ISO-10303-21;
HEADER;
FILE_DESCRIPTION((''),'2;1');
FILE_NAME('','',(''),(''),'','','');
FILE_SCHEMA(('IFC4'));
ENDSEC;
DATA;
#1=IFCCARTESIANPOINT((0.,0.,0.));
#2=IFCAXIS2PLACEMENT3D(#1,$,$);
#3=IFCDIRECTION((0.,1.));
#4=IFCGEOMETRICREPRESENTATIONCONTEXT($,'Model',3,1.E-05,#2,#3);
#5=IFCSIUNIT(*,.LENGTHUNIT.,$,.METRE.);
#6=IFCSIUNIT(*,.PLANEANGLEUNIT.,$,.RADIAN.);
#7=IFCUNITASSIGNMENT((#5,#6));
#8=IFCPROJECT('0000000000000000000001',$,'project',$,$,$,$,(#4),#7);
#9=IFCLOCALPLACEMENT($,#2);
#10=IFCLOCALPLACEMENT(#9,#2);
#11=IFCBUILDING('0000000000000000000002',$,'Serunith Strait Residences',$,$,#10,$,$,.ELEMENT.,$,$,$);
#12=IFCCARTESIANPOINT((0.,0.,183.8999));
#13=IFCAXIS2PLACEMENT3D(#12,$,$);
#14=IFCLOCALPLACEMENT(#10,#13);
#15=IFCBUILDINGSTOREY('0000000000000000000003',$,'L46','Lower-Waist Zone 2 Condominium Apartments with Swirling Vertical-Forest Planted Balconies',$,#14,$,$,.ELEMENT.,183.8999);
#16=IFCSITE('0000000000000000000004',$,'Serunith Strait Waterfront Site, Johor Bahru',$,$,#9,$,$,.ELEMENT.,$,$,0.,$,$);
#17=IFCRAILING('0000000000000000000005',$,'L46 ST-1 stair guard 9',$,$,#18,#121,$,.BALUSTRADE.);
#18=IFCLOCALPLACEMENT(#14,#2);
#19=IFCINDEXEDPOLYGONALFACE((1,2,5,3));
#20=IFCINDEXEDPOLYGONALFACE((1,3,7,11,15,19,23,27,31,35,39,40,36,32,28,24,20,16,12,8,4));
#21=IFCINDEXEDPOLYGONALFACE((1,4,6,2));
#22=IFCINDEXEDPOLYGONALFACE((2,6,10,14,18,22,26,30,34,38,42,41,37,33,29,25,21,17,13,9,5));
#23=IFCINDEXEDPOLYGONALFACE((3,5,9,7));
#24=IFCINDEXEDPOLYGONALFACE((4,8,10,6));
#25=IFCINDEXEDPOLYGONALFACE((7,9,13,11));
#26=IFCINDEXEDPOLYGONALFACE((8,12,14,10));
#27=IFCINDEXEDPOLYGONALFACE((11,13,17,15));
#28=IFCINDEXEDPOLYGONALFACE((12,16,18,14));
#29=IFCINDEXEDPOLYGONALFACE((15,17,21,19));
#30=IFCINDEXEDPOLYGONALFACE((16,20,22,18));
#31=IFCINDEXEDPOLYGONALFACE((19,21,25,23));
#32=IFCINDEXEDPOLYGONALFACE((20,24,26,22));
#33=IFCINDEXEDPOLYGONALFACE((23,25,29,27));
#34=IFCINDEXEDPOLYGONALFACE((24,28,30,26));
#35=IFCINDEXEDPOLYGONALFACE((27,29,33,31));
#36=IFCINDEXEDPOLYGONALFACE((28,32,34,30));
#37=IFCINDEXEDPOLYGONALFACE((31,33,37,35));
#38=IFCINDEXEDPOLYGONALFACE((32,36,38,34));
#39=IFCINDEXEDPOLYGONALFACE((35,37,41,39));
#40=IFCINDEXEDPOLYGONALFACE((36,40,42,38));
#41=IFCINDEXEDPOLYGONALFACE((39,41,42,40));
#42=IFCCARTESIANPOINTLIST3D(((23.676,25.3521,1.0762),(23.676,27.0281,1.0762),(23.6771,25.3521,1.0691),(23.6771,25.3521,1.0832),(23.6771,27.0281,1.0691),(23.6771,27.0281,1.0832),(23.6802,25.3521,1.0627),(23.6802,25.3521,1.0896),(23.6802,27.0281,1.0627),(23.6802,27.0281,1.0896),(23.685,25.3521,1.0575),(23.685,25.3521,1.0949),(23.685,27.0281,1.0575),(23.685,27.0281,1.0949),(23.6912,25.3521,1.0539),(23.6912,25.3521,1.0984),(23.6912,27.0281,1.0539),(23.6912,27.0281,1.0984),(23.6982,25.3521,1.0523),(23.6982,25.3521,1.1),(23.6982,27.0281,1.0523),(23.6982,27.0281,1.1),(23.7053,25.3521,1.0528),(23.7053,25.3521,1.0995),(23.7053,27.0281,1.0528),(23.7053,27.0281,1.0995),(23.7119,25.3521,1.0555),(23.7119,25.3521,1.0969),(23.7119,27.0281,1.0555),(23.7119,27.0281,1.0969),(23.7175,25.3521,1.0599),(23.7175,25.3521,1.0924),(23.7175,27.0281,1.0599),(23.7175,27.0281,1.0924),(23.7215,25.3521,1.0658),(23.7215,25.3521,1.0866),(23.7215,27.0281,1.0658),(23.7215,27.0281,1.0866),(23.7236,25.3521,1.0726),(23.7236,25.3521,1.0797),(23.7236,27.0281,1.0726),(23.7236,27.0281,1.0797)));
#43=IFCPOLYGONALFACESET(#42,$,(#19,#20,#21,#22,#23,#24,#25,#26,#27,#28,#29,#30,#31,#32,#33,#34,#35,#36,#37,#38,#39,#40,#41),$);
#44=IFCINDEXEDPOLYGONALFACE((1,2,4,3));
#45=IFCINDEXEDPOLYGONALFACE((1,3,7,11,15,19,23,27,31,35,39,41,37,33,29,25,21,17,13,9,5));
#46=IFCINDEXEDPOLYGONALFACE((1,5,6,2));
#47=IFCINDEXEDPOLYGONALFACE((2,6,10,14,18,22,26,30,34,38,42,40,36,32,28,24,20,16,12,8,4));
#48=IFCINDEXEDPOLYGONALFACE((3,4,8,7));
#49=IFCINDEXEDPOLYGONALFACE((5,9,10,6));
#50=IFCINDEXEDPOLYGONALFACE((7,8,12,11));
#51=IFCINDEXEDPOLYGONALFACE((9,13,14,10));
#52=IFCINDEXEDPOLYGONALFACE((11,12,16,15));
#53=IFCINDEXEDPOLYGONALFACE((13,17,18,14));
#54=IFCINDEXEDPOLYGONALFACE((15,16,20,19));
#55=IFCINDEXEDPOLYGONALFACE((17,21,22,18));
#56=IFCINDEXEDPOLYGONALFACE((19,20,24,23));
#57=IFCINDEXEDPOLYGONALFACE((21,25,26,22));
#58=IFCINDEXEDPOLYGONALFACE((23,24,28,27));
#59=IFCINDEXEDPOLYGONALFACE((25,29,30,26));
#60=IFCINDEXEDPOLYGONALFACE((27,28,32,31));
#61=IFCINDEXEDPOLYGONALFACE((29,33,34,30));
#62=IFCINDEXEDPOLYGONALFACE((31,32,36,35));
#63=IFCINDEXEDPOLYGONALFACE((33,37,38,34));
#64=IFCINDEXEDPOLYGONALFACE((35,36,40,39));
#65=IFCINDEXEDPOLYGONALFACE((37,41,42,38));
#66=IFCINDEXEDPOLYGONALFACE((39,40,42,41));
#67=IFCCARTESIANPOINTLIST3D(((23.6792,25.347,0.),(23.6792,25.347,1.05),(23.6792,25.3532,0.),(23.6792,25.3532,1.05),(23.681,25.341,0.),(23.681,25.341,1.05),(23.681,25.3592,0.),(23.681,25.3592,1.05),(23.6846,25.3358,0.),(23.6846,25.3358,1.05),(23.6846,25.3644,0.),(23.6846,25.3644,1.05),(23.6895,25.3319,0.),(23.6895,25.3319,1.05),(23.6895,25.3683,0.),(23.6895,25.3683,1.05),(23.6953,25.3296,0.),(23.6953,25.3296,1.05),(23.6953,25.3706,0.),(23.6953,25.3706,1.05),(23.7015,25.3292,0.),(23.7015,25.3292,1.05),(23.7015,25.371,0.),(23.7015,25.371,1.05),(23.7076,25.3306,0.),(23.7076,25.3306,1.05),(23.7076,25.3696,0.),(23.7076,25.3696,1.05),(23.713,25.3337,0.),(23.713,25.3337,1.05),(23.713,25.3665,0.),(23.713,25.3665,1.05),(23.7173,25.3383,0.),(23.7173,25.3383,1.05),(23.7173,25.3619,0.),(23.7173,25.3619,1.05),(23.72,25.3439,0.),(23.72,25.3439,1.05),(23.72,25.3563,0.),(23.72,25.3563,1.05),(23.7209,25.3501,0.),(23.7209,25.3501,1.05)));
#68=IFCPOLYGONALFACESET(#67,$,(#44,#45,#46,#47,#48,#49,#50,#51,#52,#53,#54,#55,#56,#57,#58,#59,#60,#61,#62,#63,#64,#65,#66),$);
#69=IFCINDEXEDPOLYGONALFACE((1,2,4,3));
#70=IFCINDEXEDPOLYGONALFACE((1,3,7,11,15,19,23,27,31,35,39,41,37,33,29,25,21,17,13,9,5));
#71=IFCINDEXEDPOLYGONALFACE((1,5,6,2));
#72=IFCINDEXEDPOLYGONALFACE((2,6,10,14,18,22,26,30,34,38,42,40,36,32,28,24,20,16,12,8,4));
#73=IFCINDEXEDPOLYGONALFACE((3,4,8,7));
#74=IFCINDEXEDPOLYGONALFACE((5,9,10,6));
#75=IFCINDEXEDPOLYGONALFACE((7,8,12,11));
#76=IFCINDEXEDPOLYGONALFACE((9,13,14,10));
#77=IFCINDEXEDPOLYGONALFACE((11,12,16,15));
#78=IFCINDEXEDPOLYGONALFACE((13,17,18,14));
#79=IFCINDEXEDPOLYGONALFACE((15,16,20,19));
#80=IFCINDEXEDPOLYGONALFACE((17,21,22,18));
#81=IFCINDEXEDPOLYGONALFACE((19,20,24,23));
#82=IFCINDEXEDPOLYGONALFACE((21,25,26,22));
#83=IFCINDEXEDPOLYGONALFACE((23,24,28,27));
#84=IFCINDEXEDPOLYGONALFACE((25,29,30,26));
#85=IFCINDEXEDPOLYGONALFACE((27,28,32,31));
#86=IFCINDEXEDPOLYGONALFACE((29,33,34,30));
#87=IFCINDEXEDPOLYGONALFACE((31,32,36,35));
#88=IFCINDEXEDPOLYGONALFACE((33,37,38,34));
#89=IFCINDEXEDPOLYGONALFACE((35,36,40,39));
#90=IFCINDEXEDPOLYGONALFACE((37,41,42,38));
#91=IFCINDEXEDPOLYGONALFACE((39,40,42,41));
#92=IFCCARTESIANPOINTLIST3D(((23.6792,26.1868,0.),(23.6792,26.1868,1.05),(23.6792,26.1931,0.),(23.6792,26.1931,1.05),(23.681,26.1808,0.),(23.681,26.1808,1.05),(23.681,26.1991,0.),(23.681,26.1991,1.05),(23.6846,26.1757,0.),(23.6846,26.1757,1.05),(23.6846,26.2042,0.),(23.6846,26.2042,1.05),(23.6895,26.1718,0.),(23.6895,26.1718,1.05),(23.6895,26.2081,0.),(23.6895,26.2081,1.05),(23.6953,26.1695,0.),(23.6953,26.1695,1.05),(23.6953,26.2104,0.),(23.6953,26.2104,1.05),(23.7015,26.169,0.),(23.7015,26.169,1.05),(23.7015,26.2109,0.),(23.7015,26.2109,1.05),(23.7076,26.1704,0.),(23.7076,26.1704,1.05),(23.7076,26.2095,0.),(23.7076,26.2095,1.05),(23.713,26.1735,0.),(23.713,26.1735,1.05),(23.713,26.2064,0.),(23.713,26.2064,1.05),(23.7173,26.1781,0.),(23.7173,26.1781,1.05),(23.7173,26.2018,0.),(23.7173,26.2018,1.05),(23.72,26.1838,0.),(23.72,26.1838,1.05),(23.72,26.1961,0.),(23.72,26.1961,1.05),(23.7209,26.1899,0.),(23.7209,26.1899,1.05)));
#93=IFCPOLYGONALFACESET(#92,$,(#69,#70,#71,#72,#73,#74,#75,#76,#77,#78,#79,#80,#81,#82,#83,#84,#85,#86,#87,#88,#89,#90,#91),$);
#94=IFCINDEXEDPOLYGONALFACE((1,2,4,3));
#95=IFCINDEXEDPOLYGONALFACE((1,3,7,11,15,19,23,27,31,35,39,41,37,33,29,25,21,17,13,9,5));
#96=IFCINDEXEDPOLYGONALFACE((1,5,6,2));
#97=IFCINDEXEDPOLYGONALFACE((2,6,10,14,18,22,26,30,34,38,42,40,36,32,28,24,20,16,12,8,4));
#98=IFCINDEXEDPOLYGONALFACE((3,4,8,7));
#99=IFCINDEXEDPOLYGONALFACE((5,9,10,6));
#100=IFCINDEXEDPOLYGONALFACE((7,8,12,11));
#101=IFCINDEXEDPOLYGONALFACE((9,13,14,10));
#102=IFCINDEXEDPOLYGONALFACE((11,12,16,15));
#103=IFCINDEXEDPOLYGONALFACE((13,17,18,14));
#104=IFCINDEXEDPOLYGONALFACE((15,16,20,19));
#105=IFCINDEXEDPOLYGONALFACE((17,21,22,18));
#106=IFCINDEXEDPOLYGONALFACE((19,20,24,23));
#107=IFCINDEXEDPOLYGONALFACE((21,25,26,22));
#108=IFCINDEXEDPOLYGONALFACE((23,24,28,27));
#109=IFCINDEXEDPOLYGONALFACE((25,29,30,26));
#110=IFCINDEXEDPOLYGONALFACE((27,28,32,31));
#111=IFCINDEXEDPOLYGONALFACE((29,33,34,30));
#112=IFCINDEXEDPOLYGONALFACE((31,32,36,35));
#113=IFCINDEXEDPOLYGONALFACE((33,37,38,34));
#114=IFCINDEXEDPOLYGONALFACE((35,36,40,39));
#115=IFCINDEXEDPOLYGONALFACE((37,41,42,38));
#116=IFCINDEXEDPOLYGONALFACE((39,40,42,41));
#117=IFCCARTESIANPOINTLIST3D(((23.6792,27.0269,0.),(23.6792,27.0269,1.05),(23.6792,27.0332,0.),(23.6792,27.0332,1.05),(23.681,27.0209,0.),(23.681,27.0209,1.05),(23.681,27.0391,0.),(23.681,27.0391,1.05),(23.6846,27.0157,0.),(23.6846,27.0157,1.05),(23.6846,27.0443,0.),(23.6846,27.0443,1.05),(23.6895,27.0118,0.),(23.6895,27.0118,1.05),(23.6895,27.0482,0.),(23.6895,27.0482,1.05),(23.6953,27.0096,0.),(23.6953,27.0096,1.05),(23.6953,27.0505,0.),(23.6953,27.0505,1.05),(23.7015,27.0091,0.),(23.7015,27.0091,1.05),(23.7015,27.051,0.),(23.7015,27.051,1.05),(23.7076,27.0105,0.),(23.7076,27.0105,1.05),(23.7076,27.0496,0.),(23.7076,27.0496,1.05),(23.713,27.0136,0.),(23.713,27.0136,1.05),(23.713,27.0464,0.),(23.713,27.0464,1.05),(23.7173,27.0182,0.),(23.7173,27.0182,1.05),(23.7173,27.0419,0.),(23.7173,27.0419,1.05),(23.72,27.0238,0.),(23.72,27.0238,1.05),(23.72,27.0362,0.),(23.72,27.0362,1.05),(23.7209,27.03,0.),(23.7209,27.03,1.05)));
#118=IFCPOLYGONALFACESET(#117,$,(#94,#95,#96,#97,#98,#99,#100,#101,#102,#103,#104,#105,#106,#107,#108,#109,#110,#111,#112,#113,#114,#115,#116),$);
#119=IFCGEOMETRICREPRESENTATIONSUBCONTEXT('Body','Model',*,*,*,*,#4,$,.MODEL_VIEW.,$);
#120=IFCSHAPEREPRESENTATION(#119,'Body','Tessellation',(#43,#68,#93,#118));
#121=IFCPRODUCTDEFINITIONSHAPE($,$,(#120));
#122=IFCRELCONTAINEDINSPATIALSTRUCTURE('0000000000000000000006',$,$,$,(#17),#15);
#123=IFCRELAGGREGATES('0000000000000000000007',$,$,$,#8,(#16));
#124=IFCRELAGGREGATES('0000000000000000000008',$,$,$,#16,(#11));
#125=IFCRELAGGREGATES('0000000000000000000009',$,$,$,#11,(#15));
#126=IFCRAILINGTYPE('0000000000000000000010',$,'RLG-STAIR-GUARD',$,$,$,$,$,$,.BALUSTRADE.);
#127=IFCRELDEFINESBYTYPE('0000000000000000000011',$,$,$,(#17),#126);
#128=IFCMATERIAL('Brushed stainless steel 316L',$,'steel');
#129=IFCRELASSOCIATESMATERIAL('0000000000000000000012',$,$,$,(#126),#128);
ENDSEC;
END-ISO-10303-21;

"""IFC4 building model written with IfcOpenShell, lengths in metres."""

from ifc_helpers import new_model, si_unit, direction, frame, origin, origin_2d, place, context, subcontext, project, spatial, circle, extrude, material, type_object, element, save


model = new_model("IFC4")

# Units and contexts
model_context = context("Model", 3, precision=1e-05, world=origin(), true_north=direction((0.0, 1.0)))
body_context = subcontext(model_context, "Body", "Model", "MODEL_VIEW")
ifc_project = project(units=[si_unit("LENGTHUNIT", "METRE"), si_unit("PLANEANGLEUNIT", "RADIAN")], contexts=[model_context])

# Site, building, storey
site_placement = place(None, origin())
site = spatial("IfcSite", under=ifc_project, at=site_placement, Name="Serunith Strait Waterfront Site, Johor Bahru", CompositionType="ELEMENT", RefElevation=0.0)
building_placement = place(site_placement, origin())
building = spatial("IfcBuilding", under=site, at=building_placement, Name="Serunith Strait Residences", CompositionType="ELEMENT")
storey_placement = place(building_placement, frame((0.0, 0.0, 183.8999)))
storey = spatial("IfcBuildingStorey", under=building, at=storey_placement, Name="L46", Description="Lower-Waist Zone 2 Condominium Apartments with Swirling Vertical-Forest Planted Balconies", CompositionType="ELEMENT", Elevation=183.8999)

# Railing
ifc_material_1 = material(Name="Brushed stainless steel 316L", Category="steel")
railing_type_1 = type_object("IfcRailingType", Name="RLG-STAIR-GUARD", PredefinedType="BALUSTRADE", material=ifc_material_1)
for number, where, name in (
    (1, (23.7, 25.3501, 0.0), "L46 ST-1 stair guard 9"),
):
    element("IfcRailing", number, at=place(storey_placement, frame(where)), inside=storey, type_object=railing_type_1, Name=name, PredefinedType="BALUSTRADE", context=body_context, shape_type="SweptSolid", body=[
        extrude(circle(Radius=0.0239, at=origin_2d()), frame((0.0, 0.002, 1.0762), z_axis=(0.0, 1.0, 0.0), x_axis=(-1.0, 0.0, 0.0)), (0.0, 0.0, 1.0), 1.676),
        extrude(circle(Radius=0.021, at=origin_2d()), origin(), (0.0, 0.0, 1.0), 1.05),
        extrude(circle(Radius=0.021, at=origin_2d()), frame((0.0, 0.8398, 0.0)), (0.0, 0.0, 1.0), 1.05),
        extrude(circle(Radius=0.021, at=origin_2d()), frame((0.0, 1.6799, 0.0)), (0.0, 0.0, 1.0), 1.05),
    ])

save(model, "model.ifc")
